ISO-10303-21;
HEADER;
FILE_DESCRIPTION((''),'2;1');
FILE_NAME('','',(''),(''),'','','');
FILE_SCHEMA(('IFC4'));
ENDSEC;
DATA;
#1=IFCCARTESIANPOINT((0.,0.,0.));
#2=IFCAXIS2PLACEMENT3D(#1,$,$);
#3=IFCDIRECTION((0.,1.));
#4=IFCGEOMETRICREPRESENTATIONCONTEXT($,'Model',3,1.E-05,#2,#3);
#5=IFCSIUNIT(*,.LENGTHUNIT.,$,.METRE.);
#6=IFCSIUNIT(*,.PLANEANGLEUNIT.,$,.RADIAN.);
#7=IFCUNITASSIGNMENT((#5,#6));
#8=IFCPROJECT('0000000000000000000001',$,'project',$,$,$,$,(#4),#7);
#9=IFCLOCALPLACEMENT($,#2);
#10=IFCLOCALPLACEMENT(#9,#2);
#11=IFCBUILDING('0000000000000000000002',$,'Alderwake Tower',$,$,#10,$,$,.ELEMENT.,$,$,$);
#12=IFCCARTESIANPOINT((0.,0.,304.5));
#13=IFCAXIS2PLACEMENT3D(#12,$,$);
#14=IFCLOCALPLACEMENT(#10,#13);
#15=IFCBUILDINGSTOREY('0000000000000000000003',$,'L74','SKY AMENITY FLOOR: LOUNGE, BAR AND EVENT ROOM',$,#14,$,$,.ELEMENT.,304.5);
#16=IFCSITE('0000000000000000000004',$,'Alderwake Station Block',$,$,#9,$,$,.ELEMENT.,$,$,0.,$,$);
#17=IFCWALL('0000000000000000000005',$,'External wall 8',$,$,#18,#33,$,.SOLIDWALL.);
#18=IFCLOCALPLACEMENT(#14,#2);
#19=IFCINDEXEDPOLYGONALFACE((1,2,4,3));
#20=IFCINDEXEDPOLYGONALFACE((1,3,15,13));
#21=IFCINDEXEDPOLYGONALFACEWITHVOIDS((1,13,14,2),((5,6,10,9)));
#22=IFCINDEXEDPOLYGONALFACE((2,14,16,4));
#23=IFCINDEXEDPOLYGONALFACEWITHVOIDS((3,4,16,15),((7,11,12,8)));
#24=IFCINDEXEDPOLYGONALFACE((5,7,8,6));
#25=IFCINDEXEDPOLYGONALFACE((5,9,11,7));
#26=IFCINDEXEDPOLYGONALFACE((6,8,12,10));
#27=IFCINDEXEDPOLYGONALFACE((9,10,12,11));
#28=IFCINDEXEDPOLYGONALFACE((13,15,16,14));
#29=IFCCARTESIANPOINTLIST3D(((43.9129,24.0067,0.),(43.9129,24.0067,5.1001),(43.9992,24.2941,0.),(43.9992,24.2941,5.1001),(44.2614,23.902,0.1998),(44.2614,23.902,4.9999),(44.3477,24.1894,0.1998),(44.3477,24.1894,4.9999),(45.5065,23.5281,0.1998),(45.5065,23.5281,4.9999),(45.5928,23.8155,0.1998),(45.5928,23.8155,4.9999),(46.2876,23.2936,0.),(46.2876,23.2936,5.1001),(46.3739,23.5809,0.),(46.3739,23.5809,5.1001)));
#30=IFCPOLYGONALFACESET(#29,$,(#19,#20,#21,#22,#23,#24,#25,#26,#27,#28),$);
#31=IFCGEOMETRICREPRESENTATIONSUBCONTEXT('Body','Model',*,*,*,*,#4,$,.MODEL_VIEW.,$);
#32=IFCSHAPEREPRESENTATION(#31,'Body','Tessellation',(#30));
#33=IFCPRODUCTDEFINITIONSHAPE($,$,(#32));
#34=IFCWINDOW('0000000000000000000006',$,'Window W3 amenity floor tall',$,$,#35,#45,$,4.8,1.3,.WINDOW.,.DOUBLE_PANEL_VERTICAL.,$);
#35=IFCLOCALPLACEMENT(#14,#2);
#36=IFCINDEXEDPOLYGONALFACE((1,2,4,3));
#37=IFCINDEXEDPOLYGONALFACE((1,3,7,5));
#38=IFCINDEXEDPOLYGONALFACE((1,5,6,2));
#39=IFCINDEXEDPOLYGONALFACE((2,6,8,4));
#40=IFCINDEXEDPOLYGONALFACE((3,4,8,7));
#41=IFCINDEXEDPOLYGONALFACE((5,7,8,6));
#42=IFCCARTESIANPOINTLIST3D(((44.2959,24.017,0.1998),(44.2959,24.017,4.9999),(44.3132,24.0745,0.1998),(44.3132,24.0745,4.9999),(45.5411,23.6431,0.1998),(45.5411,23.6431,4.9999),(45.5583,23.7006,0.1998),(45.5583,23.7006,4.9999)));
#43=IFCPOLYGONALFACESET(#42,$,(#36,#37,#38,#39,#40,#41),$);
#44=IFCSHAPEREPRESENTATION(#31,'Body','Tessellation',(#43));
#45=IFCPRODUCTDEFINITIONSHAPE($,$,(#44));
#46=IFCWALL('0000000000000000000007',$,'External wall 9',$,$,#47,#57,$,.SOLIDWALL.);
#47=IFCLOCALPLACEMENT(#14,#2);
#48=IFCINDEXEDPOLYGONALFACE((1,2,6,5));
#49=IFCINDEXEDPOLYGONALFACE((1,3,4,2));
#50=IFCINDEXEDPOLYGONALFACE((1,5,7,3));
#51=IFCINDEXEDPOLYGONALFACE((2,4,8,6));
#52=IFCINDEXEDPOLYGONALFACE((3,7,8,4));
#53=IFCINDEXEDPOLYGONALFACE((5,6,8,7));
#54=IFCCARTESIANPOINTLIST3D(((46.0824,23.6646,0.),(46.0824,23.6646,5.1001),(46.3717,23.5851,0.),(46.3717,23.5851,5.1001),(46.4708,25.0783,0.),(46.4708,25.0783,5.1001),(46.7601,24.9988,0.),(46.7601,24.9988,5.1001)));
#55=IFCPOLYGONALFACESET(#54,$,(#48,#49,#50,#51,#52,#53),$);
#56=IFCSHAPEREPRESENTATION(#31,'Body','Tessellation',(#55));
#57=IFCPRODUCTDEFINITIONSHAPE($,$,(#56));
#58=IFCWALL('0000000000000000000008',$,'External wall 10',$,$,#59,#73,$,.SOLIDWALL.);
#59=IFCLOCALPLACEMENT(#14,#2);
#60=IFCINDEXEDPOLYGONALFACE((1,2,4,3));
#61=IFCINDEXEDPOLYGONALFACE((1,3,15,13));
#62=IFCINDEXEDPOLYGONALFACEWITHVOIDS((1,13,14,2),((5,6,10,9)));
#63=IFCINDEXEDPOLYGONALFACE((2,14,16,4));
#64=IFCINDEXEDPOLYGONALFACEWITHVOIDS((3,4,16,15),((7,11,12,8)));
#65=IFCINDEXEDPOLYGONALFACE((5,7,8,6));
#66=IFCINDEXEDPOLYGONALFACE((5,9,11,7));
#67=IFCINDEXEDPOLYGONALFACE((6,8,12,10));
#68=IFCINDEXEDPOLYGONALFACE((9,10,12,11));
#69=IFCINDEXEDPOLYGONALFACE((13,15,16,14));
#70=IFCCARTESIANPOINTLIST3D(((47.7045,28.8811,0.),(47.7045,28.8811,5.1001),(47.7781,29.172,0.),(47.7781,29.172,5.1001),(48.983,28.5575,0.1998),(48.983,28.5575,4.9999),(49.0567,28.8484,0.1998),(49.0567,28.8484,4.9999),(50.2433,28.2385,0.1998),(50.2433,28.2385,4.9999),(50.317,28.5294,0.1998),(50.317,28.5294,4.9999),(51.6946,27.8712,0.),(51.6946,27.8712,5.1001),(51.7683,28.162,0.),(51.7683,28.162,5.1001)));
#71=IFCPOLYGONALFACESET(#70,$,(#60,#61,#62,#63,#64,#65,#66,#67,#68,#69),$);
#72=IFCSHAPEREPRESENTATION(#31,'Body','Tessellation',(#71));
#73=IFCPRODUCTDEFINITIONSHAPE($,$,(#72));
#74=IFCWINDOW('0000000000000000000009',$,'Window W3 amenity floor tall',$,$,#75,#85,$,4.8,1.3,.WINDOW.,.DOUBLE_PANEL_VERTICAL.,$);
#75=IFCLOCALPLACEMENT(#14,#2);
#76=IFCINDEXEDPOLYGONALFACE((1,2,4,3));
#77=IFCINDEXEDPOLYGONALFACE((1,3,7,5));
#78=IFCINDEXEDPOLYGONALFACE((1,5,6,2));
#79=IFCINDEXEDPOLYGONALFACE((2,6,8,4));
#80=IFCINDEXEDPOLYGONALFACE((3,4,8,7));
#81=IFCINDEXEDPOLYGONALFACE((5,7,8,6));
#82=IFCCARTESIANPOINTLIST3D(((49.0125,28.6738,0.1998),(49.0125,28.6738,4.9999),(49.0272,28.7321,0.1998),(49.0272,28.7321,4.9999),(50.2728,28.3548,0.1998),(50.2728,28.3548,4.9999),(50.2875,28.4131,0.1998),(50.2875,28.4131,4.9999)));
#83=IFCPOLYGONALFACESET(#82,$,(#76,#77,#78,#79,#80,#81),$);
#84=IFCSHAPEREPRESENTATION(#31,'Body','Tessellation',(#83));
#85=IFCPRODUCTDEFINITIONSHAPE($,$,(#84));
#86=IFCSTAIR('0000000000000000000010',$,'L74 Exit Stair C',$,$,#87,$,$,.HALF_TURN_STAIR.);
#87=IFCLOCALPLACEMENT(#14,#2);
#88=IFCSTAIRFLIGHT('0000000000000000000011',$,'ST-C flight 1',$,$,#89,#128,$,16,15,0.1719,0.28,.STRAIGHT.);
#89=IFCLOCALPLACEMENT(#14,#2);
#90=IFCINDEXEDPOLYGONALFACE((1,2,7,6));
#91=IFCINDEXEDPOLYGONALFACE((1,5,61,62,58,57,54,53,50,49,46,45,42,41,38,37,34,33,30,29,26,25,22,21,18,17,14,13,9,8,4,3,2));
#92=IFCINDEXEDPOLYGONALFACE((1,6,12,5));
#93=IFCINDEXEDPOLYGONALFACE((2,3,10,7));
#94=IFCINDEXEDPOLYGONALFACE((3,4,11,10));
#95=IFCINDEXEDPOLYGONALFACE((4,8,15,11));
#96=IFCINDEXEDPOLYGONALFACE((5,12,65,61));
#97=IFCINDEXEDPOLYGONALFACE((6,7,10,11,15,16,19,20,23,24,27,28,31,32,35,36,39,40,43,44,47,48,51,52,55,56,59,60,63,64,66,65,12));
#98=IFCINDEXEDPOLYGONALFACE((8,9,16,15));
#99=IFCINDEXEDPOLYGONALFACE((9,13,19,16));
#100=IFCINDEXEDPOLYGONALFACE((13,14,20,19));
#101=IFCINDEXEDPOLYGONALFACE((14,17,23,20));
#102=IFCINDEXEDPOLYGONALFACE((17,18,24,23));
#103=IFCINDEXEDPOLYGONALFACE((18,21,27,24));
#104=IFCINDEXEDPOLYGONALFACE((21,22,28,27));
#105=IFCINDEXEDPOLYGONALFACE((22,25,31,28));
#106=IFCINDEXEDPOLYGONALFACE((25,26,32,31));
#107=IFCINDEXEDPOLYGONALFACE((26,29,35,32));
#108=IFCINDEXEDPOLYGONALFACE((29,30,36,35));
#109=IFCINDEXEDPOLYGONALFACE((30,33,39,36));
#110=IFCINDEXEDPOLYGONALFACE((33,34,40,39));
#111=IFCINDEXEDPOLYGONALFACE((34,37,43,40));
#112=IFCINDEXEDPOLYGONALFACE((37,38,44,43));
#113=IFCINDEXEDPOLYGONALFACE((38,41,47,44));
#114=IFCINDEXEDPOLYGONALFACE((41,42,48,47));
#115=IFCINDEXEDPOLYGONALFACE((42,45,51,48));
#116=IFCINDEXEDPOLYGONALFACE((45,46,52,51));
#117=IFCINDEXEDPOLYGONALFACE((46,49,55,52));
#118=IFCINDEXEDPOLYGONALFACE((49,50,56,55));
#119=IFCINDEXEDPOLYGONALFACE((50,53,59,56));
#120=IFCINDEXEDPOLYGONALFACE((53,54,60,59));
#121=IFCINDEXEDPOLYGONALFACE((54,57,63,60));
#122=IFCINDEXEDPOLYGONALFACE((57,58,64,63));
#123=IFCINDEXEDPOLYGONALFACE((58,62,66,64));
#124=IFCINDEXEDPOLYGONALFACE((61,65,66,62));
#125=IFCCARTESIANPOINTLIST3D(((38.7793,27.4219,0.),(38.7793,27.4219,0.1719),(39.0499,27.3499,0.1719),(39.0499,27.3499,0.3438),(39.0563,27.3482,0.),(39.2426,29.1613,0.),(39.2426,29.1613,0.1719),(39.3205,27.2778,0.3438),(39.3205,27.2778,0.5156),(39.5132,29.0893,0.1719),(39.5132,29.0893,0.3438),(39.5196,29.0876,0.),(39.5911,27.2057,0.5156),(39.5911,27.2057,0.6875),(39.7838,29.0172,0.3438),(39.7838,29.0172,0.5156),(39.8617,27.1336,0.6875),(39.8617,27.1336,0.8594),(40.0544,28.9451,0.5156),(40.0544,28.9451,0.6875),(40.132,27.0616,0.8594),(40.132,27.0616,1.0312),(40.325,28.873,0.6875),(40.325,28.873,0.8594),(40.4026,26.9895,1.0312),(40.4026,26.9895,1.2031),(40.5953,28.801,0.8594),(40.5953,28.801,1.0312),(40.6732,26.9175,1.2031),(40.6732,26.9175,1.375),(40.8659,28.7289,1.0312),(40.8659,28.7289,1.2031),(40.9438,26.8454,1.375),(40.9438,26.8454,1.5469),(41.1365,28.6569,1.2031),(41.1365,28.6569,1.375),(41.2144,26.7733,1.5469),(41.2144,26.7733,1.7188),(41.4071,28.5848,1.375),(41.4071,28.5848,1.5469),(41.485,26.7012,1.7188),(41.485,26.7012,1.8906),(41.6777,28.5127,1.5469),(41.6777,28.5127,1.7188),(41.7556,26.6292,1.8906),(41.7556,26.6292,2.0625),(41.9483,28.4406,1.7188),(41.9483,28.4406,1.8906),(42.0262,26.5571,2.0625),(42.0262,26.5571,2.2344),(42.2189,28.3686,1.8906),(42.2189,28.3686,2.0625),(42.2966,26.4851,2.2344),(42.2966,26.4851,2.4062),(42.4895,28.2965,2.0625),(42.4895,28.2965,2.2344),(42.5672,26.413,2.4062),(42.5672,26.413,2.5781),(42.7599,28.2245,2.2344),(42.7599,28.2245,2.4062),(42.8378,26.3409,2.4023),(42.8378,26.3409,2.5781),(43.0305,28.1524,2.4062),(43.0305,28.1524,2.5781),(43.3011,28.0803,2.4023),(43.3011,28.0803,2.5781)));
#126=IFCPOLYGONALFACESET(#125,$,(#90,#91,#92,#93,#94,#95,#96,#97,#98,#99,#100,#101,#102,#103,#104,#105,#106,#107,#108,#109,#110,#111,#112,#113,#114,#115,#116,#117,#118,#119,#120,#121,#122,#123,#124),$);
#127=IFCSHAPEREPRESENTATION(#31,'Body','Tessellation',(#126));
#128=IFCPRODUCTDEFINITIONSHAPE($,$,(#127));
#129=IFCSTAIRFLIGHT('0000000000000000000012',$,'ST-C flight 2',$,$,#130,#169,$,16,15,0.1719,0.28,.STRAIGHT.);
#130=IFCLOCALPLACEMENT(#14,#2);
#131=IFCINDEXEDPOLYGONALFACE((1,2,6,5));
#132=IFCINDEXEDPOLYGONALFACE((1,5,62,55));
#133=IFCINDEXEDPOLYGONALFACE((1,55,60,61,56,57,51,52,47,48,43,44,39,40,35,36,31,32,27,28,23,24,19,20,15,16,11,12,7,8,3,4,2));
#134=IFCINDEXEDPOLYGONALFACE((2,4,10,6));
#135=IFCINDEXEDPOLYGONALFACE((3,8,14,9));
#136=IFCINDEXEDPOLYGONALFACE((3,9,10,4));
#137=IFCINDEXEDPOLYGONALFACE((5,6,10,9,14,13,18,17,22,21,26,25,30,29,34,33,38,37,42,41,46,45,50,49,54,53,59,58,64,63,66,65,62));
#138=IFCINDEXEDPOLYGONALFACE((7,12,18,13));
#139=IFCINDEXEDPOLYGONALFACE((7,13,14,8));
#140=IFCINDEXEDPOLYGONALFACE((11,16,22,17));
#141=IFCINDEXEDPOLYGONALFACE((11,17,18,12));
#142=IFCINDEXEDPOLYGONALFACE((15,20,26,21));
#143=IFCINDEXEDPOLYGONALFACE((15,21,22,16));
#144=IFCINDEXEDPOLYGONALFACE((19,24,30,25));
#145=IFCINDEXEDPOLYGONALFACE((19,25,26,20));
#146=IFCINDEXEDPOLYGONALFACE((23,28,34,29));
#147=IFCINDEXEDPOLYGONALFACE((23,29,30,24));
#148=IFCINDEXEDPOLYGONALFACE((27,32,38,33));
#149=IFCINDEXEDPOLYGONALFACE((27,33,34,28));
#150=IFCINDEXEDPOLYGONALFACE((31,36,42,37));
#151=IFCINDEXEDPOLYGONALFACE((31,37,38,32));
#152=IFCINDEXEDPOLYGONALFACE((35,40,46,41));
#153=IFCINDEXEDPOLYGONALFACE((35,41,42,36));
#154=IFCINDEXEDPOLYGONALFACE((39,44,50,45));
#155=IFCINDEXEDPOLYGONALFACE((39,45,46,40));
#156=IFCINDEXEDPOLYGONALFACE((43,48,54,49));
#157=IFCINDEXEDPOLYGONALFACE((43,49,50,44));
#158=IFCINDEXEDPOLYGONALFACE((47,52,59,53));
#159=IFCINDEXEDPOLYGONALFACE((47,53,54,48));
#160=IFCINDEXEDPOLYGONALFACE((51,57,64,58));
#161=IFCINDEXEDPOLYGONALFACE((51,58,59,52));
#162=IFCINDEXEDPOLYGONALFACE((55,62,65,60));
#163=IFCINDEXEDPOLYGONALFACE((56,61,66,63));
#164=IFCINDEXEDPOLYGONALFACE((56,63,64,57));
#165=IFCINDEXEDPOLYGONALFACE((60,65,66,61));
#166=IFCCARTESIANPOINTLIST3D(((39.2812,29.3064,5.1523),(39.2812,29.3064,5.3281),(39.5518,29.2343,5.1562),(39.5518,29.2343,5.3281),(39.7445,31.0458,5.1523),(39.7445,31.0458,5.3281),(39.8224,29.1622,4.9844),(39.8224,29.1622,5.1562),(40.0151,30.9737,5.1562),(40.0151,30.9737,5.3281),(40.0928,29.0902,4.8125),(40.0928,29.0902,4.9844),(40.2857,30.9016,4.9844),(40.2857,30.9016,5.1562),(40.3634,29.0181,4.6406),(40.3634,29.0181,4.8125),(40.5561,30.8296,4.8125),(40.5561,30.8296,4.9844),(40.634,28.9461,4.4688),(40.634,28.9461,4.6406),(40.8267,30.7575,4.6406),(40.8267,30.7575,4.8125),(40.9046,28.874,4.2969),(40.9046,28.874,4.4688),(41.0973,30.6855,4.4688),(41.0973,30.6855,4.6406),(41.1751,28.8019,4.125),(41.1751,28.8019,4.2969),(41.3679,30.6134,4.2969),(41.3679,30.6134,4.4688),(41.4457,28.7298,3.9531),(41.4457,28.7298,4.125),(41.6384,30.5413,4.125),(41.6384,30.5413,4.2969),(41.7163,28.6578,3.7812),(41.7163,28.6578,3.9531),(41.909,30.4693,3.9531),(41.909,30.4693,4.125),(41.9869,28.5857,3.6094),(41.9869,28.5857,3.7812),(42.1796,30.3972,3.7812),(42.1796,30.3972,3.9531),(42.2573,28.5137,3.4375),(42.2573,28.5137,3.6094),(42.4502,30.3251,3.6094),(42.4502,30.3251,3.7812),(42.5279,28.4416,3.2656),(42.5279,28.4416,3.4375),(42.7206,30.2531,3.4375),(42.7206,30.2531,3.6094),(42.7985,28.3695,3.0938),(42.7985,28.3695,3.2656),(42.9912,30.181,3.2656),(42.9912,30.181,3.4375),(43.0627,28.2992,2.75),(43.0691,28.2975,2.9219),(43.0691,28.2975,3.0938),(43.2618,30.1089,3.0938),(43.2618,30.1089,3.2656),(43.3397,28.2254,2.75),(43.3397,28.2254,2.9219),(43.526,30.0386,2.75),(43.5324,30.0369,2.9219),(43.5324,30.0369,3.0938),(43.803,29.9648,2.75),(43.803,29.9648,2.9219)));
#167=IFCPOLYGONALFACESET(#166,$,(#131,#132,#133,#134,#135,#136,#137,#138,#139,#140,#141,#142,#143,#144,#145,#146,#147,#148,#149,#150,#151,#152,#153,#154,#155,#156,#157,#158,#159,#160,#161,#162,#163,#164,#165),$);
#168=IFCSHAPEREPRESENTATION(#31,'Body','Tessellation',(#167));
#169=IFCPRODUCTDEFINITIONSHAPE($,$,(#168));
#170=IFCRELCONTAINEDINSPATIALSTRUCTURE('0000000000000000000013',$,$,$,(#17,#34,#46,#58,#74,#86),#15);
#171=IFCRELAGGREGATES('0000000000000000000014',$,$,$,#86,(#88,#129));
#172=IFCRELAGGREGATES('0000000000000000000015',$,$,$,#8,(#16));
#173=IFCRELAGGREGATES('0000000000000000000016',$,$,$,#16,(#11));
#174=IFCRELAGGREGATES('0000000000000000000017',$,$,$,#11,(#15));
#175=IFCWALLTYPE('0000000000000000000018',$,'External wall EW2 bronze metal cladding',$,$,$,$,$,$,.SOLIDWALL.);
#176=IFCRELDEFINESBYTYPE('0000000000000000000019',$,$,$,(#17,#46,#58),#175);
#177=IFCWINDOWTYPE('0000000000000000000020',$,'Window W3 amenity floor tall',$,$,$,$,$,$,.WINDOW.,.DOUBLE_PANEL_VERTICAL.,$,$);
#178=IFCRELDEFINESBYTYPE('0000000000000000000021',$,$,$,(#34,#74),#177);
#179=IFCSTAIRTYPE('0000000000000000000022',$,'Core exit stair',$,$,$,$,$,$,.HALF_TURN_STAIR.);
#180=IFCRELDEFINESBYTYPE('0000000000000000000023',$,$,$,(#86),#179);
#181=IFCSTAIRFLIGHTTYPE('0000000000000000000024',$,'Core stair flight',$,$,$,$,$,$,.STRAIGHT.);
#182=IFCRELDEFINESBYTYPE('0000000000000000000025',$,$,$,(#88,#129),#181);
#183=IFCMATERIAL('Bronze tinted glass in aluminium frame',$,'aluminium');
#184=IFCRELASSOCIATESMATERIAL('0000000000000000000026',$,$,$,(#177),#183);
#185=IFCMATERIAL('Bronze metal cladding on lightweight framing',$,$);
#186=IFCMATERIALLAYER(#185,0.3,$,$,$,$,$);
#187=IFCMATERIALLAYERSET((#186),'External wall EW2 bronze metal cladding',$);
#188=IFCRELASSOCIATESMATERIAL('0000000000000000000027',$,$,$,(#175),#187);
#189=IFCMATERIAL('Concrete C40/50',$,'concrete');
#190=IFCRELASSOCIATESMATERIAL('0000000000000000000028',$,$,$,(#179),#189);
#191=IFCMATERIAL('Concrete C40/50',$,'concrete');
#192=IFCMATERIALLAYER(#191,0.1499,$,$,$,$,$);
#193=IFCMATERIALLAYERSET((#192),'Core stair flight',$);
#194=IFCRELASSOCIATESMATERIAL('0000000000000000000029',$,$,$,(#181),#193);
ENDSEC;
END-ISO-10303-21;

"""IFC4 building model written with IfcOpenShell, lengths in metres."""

from ifc_helpers import new_model, si_unit, direction, frame, frame_2d, origin, place, context, subcontext, project, spatial, polyline, rectangle, outline, extrude, material, layer, layer_set, type_object, element, fill, aggregate, save


model = new_model("IFC4")

# Units and contexts
model_context = context("Model", 3, precision=1e-05, world=origin(), true_north=direction((0.0, 1.0)))
body_context = subcontext(model_context, "Body", "Model", "MODEL_VIEW")
ifc_project = project(units=[si_unit("LENGTHUNIT", "METRE"), si_unit("PLANEANGLEUNIT", "RADIAN")], contexts=[model_context])

# Site, building, storey
site_placement = place(None, origin())
site = spatial("IfcSite", under=ifc_project, at=site_placement, Name="Alderwake Station Block", CompositionType="ELEMENT", RefElevation=0.0)
building_placement = place(site_placement, origin())
building = spatial("IfcBuilding", under=site, at=building_placement, Name="Alderwake Tower", CompositionType="ELEMENT")
storey_placement = place(building_placement, frame((0.0, 0.0, 304.5)))
storey = spatial("IfcBuildingStorey", under=building, at=storey_placement, Name="L74", Description="SKY AMENITY FLOOR: LOUNGE, BAR AND EVENT ROOM", CompositionType="ELEMENT", Elevation=304.5)

# Shared definitions
ifc_material_1 = material(Name="Bronze tinted glass in aluminium frame", Category="aluminium")
window_type = type_object("IfcWindowType", Name="Window W3 amenity floor tall", PartitioningType="DOUBLE_PANEL_VERTICAL", PredefinedType="WINDOW", material=ifc_material_1)

# Wall, opening, window
ifc_material_2 = material(Name="Bronze metal cladding on lightweight framing")
ifc_layer_1 = layer(ifc_material_2, 0.3)
ifc_layer_set_1 = layer_set([ifc_layer_1], Name="External wall EW2 bronze metal cladding")
wall_type_1 = type_object("IfcWallType", Name="External wall EW2 bronze metal cladding", PredefinedType="SOLIDWALL", material=ifc_layer_set_1)
wall_1_placement = place(storey_placement, frame((43.9561, 24.1504, 0.0), z_axis=(0.0, 0.0, 1.0), x_axis=(0.957748, -0.28761, 0.0)))
wall_1 = element("IfcWall", 1, at=wall_1_placement, inside=storey, type_object=wall_type_1, Name="External wall 8", PredefinedType="SOLIDWALL", context=body_context, shape_type="SweptSolid", body=[
    extrude(rectangle(XDim=2.4795, YDim=0.3, at=frame_2d((1.2397, 0.0))), origin(), (0.0, 0.0, 1.0), 5.1001),
])
opening_1_placement = place(wall_1_placement, frame((0.364, 0.0, 0.2)))
opening_1 = element("IfcOpeningElement", 2, at=opening_1_placement, cuts=wall_1, PredefinedType="OPENING", context=body_context, shape_type="SweptSolid", body=[
    extrude(rectangle(XDim=1.3, YDim=4.8, at=frame_2d((0.6499, 2.3999))), frame((0.0, 0.1599, 0.0), z_axis=(0.0, -1.0, 0.0), x_axis=(1.0, 0.0, 0.0)), (0.0, 0.0, 1.0), 0.3201),
])
window_1_placement = place(opening_1_placement, origin())
window_1 = element("IfcWindow", 3, at=window_1_placement, inside=storey, type_object=window_type, Name="Window W3 amenity floor tall", OverallHeight=4.8, OverallWidth=1.3, PartitioningType="DOUBLE_PANEL_VERTICAL", PredefinedType="WINDOW", context=body_context, shape_type="SweptSolid", body=[
    extrude(rectangle(XDim=1.3, YDim=4.8, at=frame_2d((0.6499, 2.3999))), frame((0.0, 0.03, 0.0), z_axis=(0.0, -1.0, 0.0), x_axis=(1.0, 0.0, 0.0)), (0.0, 0.0, 1.0), 0.0601),
])
fill(opening_1, window_1)

# Wall
wall_2_placement = place(storey_placement, frame((46.2271, 23.625, 0.0), z_axis=(0.0, 0.0, 1.0), x_axis=(0.264963, 0.964259, 0.0)))
element("IfcWall", 4, at=wall_2_placement, inside=storey, type_object=wall_type_1, Name="External wall 9", PredefinedType="SOLIDWALL", context=body_context, shape_type="SweptSolid", body=[
    extrude(rectangle(XDim=1.4661, YDim=0.3, at=frame_2d((0.7329, 0.0))), origin(), (0.0, 0.0, 1.0), 5.1001),
])

# Wall, opening, window
wall_3_placement = place(storey_placement, frame((47.7412, 29.0266, 0.0), z_axis=(0.0, 0.0, 1.0), x_axis=(0.969427, -0.245382, 0.0)))
wall_3 = element("IfcWall", 5, at=wall_3_placement, inside=storey, type_object=wall_type_1, Name="External wall 10", PredefinedType="SOLIDWALL", context=body_context, shape_type="SweptSolid", body=[
    extrude(rectangle(XDim=4.116, YDim=0.3, at=frame_2d((2.0581, 0.0))), origin(), (0.0, 0.0, 1.0), 5.1001),
])
opening_2_placement = place(wall_3_placement, frame((1.3191, 0.0, 0.2)))
opening_2 = element("IfcOpeningElement", 6, at=opening_2_placement, cuts=wall_3, PredefinedType="OPENING", context=body_context, shape_type="SweptSolid", body=[
    extrude(rectangle(XDim=1.3, YDim=4.8, at=frame_2d((0.6499, 2.3999))), frame((0.0, 0.1599, 0.0), z_axis=(0.0, -1.0, 0.0), x_axis=(1.0, 0.0, 0.0)), (0.0, 0.0, 1.0), 0.3201),
])
window_2_placement = place(opening_2_placement, origin())
window_2 = element("IfcWindow", 7, at=window_2_placement, inside=storey, type_object=window_type, Name="Window W3 amenity floor tall", OverallHeight=4.8, OverallWidth=1.3, PartitioningType="DOUBLE_PANEL_VERTICAL", PredefinedType="WINDOW", context=body_context, shape_type="SweptSolid", body=[
    extrude(rectangle(XDim=1.3, YDim=4.8, at=frame_2d((0.6499, 2.3999))), frame((0.0, 0.03, 0.0), z_axis=(0.0, -1.0, 0.0), x_axis=(1.0, 0.0, 0.0)), (0.0, 0.0, 1.0), 0.0601),
])
fill(opening_2, window_2)

# Stair, stair flights
ifc_material_3 = material(Name="Concrete C40/50", Category="concrete")
stair_type = type_object("IfcStairType", Name="Core exit stair", PredefinedType="HALF_TURN_STAIR", material=ifc_material_3)
stair_placement = place(storey_placement, origin())
stair = element("IfcStair", 8, at=stair_placement, inside=storey, type_object=stair_type, Name="L74 Exit Stair C", PredefinedType="HALF_TURN_STAIR")
ifc_material_4 = material(Name="Concrete C40/50", Category="concrete")
ifc_layer_2 = layer(ifc_material_4, 0.1499)
ifc_layer_set_2 = layer_set([ifc_layer_2], Name="Core stair flight")
stair_flight_type = type_object("IfcStairFlightType", Name="Core stair flight", PredefinedType="STRAIGHT", material=ifc_layer_set_2)
stair_flight_1_placement = place(storey_placement, frame((39.011, 28.2917, 0.0), z_axis=(0.0, 0.0, 1.0), x_axis=(0.96631, -0.257382, 0.0)))
stair_flight_1 = element("IfcStairFlight", 9, at=stair_flight_1_placement, type_object=stair_flight_type, Name="ST-C flight 1", NumberOfRisers=16, NumberOfTreads=15, PredefinedType="STRAIGHT", RiserHeight=0.1719, TreadLength=0.28, context=body_context, shape_type="SweptSolid", body=[
    extrude(outline(polyline([(0.0, 0.0), (0.0, 0.1719), (0.28, 0.1719), (0.28, 0.3438), (0.5601, 0.3438), (0.5601, 0.5156), (0.8401, 0.5156), (0.8401, 0.6875), (1.1201, 0.6875), (1.1201, 0.8594), (1.3999, 0.8594), (1.3999, 1.0312), (1.6799, 1.0312), (1.6799, 1.2031), (1.96, 1.2031), (1.96, 1.375), (2.24, 1.375), (2.24, 1.5469), (2.52, 1.5469), (2.52, 1.7188), (2.8, 1.7188), (2.8, 1.8906), (3.0801, 1.8906), (3.0801, 2.0625), (3.3601, 2.0625), (3.3601, 2.2344), (3.6399, 2.2344), (3.6399, 2.4062), (3.9199, 2.4062), (3.9199, 2.5781), (4.2, 2.5781), (4.2, 2.75), (4.2, 2.4023), (0.2866, 0.0), (0.0, 0.0)])), frame((0.0, 0.8999, 0.0), z_axis=(0.0, -1.0, 0.0), x_axis=(1.0, 0.0, 0.0)), (0.0, 0.0, 1.0), 1.8),
])
stair_flight_2_placement = place(storey_placement, frame((43.5713, 29.095, 2.75), z_axis=(0.0, 0.0, 1.0), x_axis=(-0.96631, 0.257382, 0.0)))
stair_flight_2 = element("IfcStairFlight", 10, at=stair_flight_2_placement, type_object=stair_flight_type, Name="ST-C flight 2", NumberOfRisers=16, NumberOfTreads=15, PredefinedType="STRAIGHT", RiserHeight=0.1719, TreadLength=0.28, context=body_context, shape_type="SweptSolid", body=[
    extrude(outline(polyline([(0.0, 0.0), (0.0, 0.1719), (0.28, 0.1719), (0.28, 0.3438), (0.5601, 0.3438), (0.5601, 0.5156), (0.8401, 0.5156), (0.8401, 0.6875), (1.1201, 0.6875), (1.1201, 0.8594), (1.3999, 0.8594), (1.3999, 1.0312), (1.6799, 1.0312), (1.6799, 1.2031), (1.96, 1.2031), (1.96, 1.375), (2.24, 1.375), (2.24, 1.5469), (2.52, 1.5469), (2.52, 1.7188), (2.8, 1.7188), (2.8, 1.8906), (3.0801, 1.8906), (3.0801, 2.0625), (3.3601, 2.0625), (3.3601, 2.2344), (3.6399, 2.2344), (3.6399, 2.4062), (3.9199, 2.4062), (3.9199, 2.5781), (4.2, 2.5781), (4.2, 2.75), (4.2, 2.4023), (0.2866, 0.0), (0.0, 0.0)])), frame((0.0, 0.8999, 0.0), z_axis=(0.0, -1.0, 0.0), x_axis=(1.0, 0.0, 0.0)), (0.0, 0.0, 1.0), 1.8),
])
aggregate(stair, [stair_flight_1, stair_flight_2])

save(model, "model.ifc")
